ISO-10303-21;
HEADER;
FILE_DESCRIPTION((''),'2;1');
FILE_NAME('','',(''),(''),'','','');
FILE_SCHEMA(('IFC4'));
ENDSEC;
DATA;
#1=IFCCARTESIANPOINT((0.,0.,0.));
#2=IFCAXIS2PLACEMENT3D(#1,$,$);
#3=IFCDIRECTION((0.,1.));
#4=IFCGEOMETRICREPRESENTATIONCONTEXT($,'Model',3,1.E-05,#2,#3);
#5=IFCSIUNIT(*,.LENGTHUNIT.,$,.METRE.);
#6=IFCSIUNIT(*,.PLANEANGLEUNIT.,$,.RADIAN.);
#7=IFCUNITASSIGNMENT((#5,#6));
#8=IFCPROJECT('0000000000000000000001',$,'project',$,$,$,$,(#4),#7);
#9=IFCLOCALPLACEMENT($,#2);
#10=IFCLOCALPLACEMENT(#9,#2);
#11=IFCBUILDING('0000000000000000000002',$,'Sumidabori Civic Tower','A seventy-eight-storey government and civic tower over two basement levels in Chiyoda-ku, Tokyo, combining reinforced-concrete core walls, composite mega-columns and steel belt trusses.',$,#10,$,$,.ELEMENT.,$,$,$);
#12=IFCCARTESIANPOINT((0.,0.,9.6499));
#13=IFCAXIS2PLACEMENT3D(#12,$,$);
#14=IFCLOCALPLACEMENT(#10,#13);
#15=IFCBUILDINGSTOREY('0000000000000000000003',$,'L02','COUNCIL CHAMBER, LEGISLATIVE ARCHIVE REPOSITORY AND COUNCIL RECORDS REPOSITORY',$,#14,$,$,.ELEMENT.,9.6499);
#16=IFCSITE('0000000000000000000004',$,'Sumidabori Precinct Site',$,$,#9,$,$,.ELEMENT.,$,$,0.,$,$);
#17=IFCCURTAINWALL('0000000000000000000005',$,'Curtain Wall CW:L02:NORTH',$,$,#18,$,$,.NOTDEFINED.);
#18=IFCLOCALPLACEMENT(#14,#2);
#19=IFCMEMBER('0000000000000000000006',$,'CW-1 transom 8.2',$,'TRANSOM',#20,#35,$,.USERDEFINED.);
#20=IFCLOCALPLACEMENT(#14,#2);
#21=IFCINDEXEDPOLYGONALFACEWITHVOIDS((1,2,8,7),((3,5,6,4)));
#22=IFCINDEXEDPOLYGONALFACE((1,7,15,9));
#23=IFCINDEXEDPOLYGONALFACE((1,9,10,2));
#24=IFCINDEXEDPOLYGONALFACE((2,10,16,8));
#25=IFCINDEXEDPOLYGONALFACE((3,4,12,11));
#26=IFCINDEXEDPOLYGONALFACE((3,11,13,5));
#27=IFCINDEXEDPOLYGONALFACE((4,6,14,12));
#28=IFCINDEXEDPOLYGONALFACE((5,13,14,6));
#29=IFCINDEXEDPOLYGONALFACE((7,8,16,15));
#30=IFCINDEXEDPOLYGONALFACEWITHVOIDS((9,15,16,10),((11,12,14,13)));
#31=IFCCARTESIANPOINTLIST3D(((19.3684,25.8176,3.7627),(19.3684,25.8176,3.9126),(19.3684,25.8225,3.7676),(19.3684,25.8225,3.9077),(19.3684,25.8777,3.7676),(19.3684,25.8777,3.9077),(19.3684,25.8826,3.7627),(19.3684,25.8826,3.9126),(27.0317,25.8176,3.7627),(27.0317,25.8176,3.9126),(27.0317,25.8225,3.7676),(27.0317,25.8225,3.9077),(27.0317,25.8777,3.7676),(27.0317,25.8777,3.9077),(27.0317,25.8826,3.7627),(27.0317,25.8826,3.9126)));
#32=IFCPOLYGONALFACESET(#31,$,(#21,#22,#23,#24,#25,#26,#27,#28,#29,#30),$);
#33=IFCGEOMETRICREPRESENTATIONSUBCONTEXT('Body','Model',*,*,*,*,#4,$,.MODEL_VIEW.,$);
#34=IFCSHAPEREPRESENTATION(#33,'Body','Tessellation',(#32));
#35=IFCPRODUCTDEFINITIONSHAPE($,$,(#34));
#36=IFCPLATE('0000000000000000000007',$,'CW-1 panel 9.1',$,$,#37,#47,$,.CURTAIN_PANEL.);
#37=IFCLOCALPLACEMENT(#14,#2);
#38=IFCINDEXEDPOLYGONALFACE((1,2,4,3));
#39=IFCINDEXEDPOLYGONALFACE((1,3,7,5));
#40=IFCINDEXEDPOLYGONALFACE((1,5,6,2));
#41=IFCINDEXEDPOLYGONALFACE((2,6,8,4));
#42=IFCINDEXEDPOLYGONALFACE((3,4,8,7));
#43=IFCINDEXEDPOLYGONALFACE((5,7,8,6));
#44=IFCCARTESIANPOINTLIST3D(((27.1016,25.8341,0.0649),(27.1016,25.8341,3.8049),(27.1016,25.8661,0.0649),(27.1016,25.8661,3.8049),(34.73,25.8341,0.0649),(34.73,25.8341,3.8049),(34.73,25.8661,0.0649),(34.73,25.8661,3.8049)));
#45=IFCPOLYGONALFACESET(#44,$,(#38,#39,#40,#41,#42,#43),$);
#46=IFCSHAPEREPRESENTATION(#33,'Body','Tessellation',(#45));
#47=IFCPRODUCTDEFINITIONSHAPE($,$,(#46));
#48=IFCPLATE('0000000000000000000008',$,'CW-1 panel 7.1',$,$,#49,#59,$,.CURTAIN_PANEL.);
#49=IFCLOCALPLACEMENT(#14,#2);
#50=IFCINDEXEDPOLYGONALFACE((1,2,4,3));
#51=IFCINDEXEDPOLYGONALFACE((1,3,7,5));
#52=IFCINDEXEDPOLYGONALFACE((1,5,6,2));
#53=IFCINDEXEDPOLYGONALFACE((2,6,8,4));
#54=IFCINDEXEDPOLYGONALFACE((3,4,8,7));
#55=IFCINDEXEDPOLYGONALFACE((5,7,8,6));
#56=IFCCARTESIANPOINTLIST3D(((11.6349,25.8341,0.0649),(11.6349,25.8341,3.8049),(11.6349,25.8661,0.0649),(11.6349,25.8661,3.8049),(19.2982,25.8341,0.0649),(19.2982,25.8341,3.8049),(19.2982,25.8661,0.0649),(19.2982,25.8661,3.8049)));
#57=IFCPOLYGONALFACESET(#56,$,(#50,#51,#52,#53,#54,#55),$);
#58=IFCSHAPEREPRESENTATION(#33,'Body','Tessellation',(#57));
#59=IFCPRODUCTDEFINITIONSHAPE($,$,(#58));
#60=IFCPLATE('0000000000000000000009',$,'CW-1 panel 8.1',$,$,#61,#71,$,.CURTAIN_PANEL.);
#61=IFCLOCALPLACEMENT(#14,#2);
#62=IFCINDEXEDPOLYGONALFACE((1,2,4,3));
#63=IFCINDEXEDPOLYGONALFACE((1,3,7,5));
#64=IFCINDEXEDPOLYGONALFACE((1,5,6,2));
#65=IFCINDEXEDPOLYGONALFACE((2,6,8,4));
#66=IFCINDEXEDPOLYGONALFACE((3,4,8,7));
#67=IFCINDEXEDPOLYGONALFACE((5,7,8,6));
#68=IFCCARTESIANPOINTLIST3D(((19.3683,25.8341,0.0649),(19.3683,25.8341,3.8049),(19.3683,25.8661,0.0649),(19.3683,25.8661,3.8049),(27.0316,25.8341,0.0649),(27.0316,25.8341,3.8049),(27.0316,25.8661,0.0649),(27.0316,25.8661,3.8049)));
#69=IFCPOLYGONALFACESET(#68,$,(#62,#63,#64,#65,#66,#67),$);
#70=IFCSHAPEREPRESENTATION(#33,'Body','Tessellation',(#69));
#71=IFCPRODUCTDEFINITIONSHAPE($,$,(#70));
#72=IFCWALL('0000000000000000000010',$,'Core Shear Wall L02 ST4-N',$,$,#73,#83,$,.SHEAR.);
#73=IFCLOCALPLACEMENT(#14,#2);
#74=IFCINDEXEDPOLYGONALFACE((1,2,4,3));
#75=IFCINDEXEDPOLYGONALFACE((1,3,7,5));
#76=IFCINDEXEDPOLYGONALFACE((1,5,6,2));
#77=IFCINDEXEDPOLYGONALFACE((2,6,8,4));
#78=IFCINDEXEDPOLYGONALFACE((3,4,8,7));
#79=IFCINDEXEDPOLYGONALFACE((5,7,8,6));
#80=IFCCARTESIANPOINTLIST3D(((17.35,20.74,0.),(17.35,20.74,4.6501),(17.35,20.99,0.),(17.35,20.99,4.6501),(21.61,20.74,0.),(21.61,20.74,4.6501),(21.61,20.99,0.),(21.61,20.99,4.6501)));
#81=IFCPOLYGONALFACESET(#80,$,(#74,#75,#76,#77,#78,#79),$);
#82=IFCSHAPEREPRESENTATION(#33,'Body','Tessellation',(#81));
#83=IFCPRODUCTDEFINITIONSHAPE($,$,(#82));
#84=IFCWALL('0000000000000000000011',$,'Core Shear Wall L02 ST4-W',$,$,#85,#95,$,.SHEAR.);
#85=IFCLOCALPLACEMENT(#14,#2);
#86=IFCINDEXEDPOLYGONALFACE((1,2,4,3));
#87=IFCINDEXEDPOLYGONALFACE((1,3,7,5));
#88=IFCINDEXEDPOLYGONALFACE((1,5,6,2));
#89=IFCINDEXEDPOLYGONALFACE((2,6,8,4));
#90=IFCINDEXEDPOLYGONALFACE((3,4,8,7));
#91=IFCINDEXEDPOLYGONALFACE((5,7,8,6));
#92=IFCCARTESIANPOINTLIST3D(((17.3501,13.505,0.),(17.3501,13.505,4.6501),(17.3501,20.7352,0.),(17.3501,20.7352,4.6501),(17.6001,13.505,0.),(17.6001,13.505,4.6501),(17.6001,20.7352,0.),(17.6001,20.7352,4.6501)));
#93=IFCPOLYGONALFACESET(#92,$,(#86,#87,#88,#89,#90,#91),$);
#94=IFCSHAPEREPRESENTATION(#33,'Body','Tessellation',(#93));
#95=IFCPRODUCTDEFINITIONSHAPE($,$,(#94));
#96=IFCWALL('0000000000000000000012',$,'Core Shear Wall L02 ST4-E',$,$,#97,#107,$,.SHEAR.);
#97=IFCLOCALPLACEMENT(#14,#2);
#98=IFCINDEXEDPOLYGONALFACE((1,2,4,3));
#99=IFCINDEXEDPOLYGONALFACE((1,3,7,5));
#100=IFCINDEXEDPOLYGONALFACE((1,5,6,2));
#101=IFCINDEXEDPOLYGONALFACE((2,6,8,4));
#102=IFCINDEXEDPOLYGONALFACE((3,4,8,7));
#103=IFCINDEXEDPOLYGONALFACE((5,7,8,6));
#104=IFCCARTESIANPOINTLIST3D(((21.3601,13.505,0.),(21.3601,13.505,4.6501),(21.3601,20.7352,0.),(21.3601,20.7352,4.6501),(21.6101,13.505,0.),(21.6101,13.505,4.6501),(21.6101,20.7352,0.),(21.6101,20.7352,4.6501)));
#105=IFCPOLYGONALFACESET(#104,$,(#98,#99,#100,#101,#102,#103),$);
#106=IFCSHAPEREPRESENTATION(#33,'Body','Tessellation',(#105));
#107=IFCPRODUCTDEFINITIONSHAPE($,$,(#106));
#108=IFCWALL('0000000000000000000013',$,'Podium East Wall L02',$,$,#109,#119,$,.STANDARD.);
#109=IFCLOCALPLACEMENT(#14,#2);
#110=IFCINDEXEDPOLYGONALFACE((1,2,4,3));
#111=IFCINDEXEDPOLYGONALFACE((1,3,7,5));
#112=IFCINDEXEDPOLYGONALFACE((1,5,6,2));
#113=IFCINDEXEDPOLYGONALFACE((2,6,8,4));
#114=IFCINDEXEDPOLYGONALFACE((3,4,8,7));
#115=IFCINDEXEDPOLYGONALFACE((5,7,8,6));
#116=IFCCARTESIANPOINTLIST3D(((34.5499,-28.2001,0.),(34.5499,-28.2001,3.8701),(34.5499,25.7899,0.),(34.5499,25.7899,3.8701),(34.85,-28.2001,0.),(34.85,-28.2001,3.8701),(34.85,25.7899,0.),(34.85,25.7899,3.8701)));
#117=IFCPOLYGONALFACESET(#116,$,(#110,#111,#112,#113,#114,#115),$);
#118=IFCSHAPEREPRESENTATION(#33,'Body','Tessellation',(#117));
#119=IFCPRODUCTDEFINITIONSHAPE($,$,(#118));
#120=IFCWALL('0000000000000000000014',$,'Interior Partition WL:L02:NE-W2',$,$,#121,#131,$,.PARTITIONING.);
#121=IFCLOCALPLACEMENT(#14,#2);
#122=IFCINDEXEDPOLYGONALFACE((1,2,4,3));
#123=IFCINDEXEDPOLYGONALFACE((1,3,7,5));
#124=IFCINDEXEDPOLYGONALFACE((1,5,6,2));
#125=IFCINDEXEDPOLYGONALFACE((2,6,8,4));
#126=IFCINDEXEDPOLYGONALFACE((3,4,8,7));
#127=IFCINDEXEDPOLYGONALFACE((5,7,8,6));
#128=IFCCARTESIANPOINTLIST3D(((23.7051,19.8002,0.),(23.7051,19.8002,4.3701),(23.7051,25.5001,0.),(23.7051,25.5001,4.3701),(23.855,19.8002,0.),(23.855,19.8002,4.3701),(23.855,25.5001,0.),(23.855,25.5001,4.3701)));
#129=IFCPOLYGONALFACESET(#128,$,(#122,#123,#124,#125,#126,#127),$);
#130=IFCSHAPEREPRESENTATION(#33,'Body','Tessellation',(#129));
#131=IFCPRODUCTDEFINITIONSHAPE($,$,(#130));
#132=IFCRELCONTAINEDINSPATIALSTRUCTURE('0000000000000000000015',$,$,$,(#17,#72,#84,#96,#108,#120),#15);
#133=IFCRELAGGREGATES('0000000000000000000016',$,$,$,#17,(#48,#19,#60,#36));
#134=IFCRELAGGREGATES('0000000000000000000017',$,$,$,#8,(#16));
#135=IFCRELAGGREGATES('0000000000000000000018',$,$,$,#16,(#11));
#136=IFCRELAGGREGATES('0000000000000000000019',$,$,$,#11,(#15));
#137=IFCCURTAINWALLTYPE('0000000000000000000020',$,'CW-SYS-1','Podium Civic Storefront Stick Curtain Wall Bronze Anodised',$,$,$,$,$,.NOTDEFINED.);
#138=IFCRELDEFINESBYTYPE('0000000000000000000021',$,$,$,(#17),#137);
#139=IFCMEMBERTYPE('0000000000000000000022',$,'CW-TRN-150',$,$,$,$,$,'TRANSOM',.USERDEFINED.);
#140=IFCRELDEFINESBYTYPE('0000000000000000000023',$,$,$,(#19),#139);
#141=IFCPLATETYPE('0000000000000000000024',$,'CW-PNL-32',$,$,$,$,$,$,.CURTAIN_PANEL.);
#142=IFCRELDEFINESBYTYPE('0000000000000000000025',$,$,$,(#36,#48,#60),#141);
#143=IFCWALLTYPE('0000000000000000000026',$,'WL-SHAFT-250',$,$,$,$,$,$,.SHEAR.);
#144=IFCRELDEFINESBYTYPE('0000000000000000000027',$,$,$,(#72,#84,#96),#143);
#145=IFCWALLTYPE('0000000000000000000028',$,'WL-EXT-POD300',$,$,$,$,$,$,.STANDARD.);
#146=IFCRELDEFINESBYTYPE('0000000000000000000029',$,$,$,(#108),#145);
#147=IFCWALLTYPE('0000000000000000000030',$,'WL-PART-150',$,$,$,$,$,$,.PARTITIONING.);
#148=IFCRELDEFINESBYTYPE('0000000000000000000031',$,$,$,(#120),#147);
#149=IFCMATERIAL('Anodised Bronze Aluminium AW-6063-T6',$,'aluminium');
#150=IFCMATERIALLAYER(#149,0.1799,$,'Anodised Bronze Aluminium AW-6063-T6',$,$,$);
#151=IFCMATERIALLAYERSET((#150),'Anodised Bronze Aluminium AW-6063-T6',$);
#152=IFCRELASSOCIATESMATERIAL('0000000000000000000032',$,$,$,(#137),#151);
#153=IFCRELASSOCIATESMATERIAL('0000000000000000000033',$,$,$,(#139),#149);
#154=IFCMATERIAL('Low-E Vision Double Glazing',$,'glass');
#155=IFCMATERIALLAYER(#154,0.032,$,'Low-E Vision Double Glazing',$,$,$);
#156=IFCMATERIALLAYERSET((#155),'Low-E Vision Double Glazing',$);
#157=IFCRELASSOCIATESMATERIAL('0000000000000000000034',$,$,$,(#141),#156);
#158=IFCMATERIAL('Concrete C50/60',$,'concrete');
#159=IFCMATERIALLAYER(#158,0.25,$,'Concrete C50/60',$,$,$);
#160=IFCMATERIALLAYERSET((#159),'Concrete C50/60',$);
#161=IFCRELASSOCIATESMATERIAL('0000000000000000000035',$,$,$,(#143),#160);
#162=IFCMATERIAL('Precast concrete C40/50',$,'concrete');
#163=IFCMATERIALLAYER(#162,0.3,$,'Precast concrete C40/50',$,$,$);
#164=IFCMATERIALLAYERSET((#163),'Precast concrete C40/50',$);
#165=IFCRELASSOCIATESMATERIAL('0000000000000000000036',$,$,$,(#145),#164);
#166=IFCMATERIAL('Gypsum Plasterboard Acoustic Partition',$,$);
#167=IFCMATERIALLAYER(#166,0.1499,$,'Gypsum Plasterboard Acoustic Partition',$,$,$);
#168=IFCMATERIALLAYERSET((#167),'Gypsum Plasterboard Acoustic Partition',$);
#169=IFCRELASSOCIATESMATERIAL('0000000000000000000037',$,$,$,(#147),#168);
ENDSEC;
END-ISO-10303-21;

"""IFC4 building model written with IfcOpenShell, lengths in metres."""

from ifc_helpers import new_model, si_unit, direction, frame, frame_2d, origin, origin_2d, place, context, subcontext, project, spatial, rectangle, hollow_rectangle, extrude, source, transform, mapped, material, layer, layer_set, material_profile, profile_set, type_object, element, aggregate, save


model = new_model("IFC4")

# Units and contexts
model_context = context("Model", 3, precision=1e-05, world=origin(), true_north=direction((0.0, 1.0)))
body_context = subcontext(model_context, "Body", "Model", "MODEL_VIEW")
ifc_project = project(units=[si_unit("LENGTHUNIT", "METRE"), si_unit("PLANEANGLEUNIT", "RADIAN")], contexts=[model_context])

# Site, building, storey
site_placement = place(None, origin())
site = spatial("IfcSite", under=ifc_project, at=site_placement, Name="Sumidabori Precinct Site", CompositionType="ELEMENT", RefElevation=0.0)
building_placement = place(site_placement, origin())
building = spatial("IfcBuilding", under=site, at=building_placement, Name="Sumidabori Civic Tower", Description="A seventy-eight-storey government and civic tower over two basement levels in Chiyoda-ku, Tokyo, combining reinforced-concrete core walls, composite mega-columns and steel belt trusses.", CompositionType="ELEMENT")
storey_placement = place(building_placement, frame((0.0, 0.0, 9.6499)))
storey = spatial("IfcBuildingStorey", under=building, at=storey_placement, Name="L02", Description="COUNCIL CHAMBER, LEGISLATIVE ARCHIVE REPOSITORY AND COUNCIL RECORDS REPOSITORY", CompositionType="ELEMENT", Elevation=9.6499)

# Curtain wall, member, plates
ifc_material_1 = material(Name="Anodised Bronze Aluminium AW-6063-T6", Category="aluminium")
ifc_layer_1 = layer(ifc_material_1, 0.1799, Name="Anodised Bronze Aluminium AW-6063-T6")
ifc_layer_set_1 = layer_set([ifc_layer_1], Name="Anodised Bronze Aluminium AW-6063-T6")
curtain_wall_type = type_object("IfcCurtainWallType", Name="CW-SYS-1", Description="Podium Civic Storefront Stick Curtain Wall Bronze Anodised", PredefinedType="NOTDEFINED", material=ifc_layer_set_1)
curtain_wall_placement = place(storey_placement, origin())
curtain_wall = element("IfcCurtainWall", 1, at=curtain_wall_placement, inside=storey, type_object=curtain_wall_type, Name="Curtain Wall CW:L02:NORTH", PredefinedType="NOTDEFINED")
ifc_material_profile_1 = material_profile(ifc_material_1, hollow_rectangle(XDim=0.0649, YDim=0.1499, WallThickness=0.0049, at=origin_2d()), Name="ALU TRANSOM 150x65")
ifc_profile_set_1 = profile_set([ifc_material_profile_1], Name="Anodised Bronze Aluminium AW-6063-T6")
member_type_1 = type_object("IfcMemberType", Name="CW-TRN-150", ElementType="TRANSOM", PredefinedType="USERDEFINED", material=ifc_profile_set_1)
shared_shape_1 = source(origin(), body_context, "Body", "SweptSolid", [
    extrude(hollow_rectangle(XDim=0.0649, YDim=0.1499, WallThickness=0.0049, at=origin_2d()), origin(), (0.0, 0.0, 1.0), 7.6633),
])
member_1_placement = place(storey_placement, frame((19.3684, 25.8501, 3.8376), z_axis=(1.0, 0.0, 0.0), x_axis=(0.0, 1.0, 0.0)))
member_1 = element("IfcMember", 2, at=member_1_placement, type_object=member_type_1, Name="CW-1 transom 8.2", ObjectType="TRANSOM", PredefinedType="USERDEFINED", context=body_context, shape_type="MappedRepresentation", body=[
    mapped(shared_shape_1, transform((0.0, 0.0, 0.0), x_axis=(1.0, 0.0, 0.0), y_axis=(0.0, 1.0, 0.0), z_axis=(0.0, 0.0, 1.0), scale=1.0)),
])
ifc_material_2 = material(Name="Low-E Vision Double Glazing", Category="glass")
ifc_layer_2 = layer(ifc_material_2, 0.032, Name="Low-E Vision Double Glazing")
ifc_layer_set_2 = layer_set([ifc_layer_2], Name="Low-E Vision Double Glazing")
plate_type = type_object("IfcPlateType", Name="CW-PNL-32", PredefinedType="CURTAIN_PANEL", material=ifc_layer_set_2)
shared_shape_2 = source(origin(), body_context, "Body", "SweptSolid", [
    extrude(rectangle(XDim=7.6284, YDim=0.032, at=origin_2d()), origin(), (0.0, 0.0, 1.0), 3.74),
])
plate_1_placement = place(storey_placement, frame((30.9158, 25.8501, 0.0649), z_axis=(0.0, 0.0, 1.0), x_axis=(1.0, 0.0, 0.0)))
plate_1 = element("IfcPlate", 3, at=plate_1_placement, type_object=plate_type, Name="CW-1 panel 9.1", PredefinedType="CURTAIN_PANEL", context=body_context, shape_type="MappedRepresentation", body=[
    mapped(shared_shape_2, transform((0.0, 0.0, 0.0), x_axis=(1.0, 0.0, 0.0), y_axis=(0.0, 1.0, 0.0), z_axis=(0.0, 0.0, 1.0), scale=1.0)),
])
shared_shape_3 = source(origin(), body_context, "Body", "SweptSolid", [
    extrude(rectangle(XDim=7.6633, YDim=0.032, at=origin_2d()), origin(), (0.0, 0.0, 1.0), 3.74),
])
plate_2_placement = place(storey_placement, frame((15.4666, 25.8501, 0.0649), z_axis=(0.0, 0.0, 1.0), x_axis=(1.0, 0.0, 0.0)))
plate_2 = element("IfcPlate", 4, at=plate_2_placement, type_object=plate_type, Name="CW-1 panel 7.1", PredefinedType="CURTAIN_PANEL", context=body_context, shape_type="MappedRepresentation", body=[
    mapped(shared_shape_3, transform((0.0, 0.0, 0.0), x_axis=(1.0, 0.0, 0.0), y_axis=(0.0, 1.0, 0.0), z_axis=(0.0, 0.0, 1.0), scale=1.0)),
])
plate_3_placement = place(storey_placement, frame((23.2, 25.8501, 0.0649), z_axis=(0.0, 0.0, 1.0), x_axis=(1.0, 0.0, 0.0)))
plate_3 = element("IfcPlate", 5, at=plate_3_placement, type_object=plate_type, Name="CW-1 panel 8.1", PredefinedType="CURTAIN_PANEL", context=body_context, shape_type="MappedRepresentation", body=[
    mapped(shared_shape_3, transform((0.0, 0.0, 0.0), x_axis=(1.0, 0.0, 0.0), y_axis=(0.0, 1.0, 0.0), z_axis=(0.0, 0.0, 1.0), scale=1.0)),
])
aggregate(curtain_wall, [plate_2, member_1, plate_3, plate_1])

# Walls
ifc_material_3 = material(Name="Concrete C50/60", Category="concrete")
ifc_layer_3 = layer(ifc_material_3, 0.25, Name="Concrete C50/60")
ifc_layer_set_3 = layer_set([ifc_layer_3], Name="Concrete C50/60")
wall_type_1 = type_object("IfcWallType", Name="WL-SHAFT-250", PredefinedType="SHEAR", material=ifc_layer_set_3)
shared_shape_4 = source(origin(), body_context, "Body", "SweptSolid", [
    extrude(rectangle(XDim=4.26, YDim=0.25, at=frame_2d((2.1299, 0.0))), origin(), (0.0, 0.0, 1.0), 4.6501),
])
wall_1_placement = place(storey_placement, frame((17.3501, 20.865, 0.0), z_axis=(0.0, 0.0, 1.0), x_axis=(1.0, 0.0, 0.0)))
element("IfcWall", 6, at=wall_1_placement, inside=storey, type_object=wall_type_1, Name="Core Shear Wall L02 ST4-N", PredefinedType="SHEAR", context=body_context, shape_type="MappedRepresentation", body=[
    mapped(shared_shape_4, transform((0.0, 0.0, 0.0), x_axis=(1.0, 0.0, 0.0), y_axis=(0.0, 1.0, 0.0), z_axis=(0.0, 0.0, 1.0), scale=1.0)),
])
shared_shape_5 = source(origin(), body_context, "Body", "SweptSolid", [
    extrude(rectangle(XDim=7.2302, YDim=0.25, at=frame_2d((3.6152, 0.0))), origin(), (0.0, 0.0, 1.0), 4.6501),
])
for number, where, z_axis, x_axis, name in (
    (7, (17.4751, 13.5049, 0.0), (0.0, 0.0, 1.0), (0.0, 1.0, 0.0), "Core Shear Wall L02 ST4-W"),
    (8, (21.4851, 13.5049, 0.0), (0.0, 0.0, 1.0), (0.0, 1.0, 0.0), "Core Shear Wall L02 ST4-E"),
):
    element("IfcWall", number, at=place(storey_placement, frame(where, z_axis=z_axis, x_axis=x_axis)), inside=storey, type_object=wall_type_1, Name=name, PredefinedType="SHEAR", context=body_context, shape_type="MappedRepresentation", body=[
        mapped(shared_shape_5, transform((0.0, 0.0, 0.0), x_axis=(1.0, 0.0, 0.0), y_axis=(0.0, 1.0, 0.0), z_axis=(0.0, 0.0, 1.0), scale=1.0)),
    ])
ifc_material_4 = material(Name="Precast concrete C40/50", Category="concrete")
ifc_layer_4 = layer(ifc_material_4, 0.3, Name="Precast concrete C40/50")
ifc_layer_set_4 = layer_set([ifc_layer_4], Name="Precast concrete C40/50")
wall_type_2 = type_object("IfcWallType", Name="WL-EXT-POD300", PredefinedType="STANDARD", material=ifc_layer_set_4)
shared_shape_6 = source(origin(), body_context, "Body", "SweptSolid", [
    extrude(rectangle(XDim=53.99, YDim=0.3, at=frame_2d((26.9951, 0.0))), origin(), (0.0, 0.0, 1.0), 3.8701),
])
wall_2_placement = place(storey_placement, frame((34.7, 25.79, 0.0), z_axis=(0.0, 0.0, 1.0), x_axis=(0.0, -1.0, 0.0)))
element("IfcWall", 9, at=wall_2_placement, inside=storey, type_object=wall_type_2, Name="Podium East Wall L02", PredefinedType="STANDARD", context=body_context, shape_type="MappedRepresentation", body=[
    mapped(shared_shape_6, transform((0.0, 0.0, 0.0), x_axis=(1.0, 0.0, 0.0), y_axis=(0.0, 1.0, 0.0), z_axis=(0.0, 0.0, 1.0), scale=1.0)),
])
ifc_material_5 = material(Name="Gypsum Plasterboard Acoustic Partition")
ifc_layer_5 = layer(ifc_material_5, 0.1499, Name="Gypsum Plasterboard Acoustic Partition")
ifc_layer_set_5 = layer_set([ifc_layer_5], Name="Gypsum Plasterboard Acoustic Partition")
wall_type_3 = type_object("IfcWallType", Name="WL-PART-150", PredefinedType="PARTITIONING", material=ifc_layer_set_5)
shared_shape_7 = source(origin(), body_context, "Body", "SweptSolid", [
    extrude(rectangle(XDim=5.7, YDim=0.1499, at=frame_2d((2.8501, 0.0))), origin(), (0.0, 0.0, 1.0), 4.3701),
])
wall_3_placement = place(storey_placement, frame((23.78, 19.8, 0.0), z_axis=(0.0, 0.0, 1.0), x_axis=(0.0, 1.0, 0.0)))
element("IfcWall", 10, at=wall_3_placement, inside=storey, type_object=wall_type_3, Name="Interior Partition WL:L02:NE-W2", PredefinedType="PARTITIONING", context=body_context, shape_type="MappedRepresentation", body=[
    mapped(shared_shape_7, transform((0.0, 0.0, 0.0), x_axis=(1.0, 0.0, 0.0), y_axis=(0.0, 1.0, 0.0), z_axis=(0.0, 0.0, 1.0), scale=1.0)),
])

save(model, "model.ifc")
